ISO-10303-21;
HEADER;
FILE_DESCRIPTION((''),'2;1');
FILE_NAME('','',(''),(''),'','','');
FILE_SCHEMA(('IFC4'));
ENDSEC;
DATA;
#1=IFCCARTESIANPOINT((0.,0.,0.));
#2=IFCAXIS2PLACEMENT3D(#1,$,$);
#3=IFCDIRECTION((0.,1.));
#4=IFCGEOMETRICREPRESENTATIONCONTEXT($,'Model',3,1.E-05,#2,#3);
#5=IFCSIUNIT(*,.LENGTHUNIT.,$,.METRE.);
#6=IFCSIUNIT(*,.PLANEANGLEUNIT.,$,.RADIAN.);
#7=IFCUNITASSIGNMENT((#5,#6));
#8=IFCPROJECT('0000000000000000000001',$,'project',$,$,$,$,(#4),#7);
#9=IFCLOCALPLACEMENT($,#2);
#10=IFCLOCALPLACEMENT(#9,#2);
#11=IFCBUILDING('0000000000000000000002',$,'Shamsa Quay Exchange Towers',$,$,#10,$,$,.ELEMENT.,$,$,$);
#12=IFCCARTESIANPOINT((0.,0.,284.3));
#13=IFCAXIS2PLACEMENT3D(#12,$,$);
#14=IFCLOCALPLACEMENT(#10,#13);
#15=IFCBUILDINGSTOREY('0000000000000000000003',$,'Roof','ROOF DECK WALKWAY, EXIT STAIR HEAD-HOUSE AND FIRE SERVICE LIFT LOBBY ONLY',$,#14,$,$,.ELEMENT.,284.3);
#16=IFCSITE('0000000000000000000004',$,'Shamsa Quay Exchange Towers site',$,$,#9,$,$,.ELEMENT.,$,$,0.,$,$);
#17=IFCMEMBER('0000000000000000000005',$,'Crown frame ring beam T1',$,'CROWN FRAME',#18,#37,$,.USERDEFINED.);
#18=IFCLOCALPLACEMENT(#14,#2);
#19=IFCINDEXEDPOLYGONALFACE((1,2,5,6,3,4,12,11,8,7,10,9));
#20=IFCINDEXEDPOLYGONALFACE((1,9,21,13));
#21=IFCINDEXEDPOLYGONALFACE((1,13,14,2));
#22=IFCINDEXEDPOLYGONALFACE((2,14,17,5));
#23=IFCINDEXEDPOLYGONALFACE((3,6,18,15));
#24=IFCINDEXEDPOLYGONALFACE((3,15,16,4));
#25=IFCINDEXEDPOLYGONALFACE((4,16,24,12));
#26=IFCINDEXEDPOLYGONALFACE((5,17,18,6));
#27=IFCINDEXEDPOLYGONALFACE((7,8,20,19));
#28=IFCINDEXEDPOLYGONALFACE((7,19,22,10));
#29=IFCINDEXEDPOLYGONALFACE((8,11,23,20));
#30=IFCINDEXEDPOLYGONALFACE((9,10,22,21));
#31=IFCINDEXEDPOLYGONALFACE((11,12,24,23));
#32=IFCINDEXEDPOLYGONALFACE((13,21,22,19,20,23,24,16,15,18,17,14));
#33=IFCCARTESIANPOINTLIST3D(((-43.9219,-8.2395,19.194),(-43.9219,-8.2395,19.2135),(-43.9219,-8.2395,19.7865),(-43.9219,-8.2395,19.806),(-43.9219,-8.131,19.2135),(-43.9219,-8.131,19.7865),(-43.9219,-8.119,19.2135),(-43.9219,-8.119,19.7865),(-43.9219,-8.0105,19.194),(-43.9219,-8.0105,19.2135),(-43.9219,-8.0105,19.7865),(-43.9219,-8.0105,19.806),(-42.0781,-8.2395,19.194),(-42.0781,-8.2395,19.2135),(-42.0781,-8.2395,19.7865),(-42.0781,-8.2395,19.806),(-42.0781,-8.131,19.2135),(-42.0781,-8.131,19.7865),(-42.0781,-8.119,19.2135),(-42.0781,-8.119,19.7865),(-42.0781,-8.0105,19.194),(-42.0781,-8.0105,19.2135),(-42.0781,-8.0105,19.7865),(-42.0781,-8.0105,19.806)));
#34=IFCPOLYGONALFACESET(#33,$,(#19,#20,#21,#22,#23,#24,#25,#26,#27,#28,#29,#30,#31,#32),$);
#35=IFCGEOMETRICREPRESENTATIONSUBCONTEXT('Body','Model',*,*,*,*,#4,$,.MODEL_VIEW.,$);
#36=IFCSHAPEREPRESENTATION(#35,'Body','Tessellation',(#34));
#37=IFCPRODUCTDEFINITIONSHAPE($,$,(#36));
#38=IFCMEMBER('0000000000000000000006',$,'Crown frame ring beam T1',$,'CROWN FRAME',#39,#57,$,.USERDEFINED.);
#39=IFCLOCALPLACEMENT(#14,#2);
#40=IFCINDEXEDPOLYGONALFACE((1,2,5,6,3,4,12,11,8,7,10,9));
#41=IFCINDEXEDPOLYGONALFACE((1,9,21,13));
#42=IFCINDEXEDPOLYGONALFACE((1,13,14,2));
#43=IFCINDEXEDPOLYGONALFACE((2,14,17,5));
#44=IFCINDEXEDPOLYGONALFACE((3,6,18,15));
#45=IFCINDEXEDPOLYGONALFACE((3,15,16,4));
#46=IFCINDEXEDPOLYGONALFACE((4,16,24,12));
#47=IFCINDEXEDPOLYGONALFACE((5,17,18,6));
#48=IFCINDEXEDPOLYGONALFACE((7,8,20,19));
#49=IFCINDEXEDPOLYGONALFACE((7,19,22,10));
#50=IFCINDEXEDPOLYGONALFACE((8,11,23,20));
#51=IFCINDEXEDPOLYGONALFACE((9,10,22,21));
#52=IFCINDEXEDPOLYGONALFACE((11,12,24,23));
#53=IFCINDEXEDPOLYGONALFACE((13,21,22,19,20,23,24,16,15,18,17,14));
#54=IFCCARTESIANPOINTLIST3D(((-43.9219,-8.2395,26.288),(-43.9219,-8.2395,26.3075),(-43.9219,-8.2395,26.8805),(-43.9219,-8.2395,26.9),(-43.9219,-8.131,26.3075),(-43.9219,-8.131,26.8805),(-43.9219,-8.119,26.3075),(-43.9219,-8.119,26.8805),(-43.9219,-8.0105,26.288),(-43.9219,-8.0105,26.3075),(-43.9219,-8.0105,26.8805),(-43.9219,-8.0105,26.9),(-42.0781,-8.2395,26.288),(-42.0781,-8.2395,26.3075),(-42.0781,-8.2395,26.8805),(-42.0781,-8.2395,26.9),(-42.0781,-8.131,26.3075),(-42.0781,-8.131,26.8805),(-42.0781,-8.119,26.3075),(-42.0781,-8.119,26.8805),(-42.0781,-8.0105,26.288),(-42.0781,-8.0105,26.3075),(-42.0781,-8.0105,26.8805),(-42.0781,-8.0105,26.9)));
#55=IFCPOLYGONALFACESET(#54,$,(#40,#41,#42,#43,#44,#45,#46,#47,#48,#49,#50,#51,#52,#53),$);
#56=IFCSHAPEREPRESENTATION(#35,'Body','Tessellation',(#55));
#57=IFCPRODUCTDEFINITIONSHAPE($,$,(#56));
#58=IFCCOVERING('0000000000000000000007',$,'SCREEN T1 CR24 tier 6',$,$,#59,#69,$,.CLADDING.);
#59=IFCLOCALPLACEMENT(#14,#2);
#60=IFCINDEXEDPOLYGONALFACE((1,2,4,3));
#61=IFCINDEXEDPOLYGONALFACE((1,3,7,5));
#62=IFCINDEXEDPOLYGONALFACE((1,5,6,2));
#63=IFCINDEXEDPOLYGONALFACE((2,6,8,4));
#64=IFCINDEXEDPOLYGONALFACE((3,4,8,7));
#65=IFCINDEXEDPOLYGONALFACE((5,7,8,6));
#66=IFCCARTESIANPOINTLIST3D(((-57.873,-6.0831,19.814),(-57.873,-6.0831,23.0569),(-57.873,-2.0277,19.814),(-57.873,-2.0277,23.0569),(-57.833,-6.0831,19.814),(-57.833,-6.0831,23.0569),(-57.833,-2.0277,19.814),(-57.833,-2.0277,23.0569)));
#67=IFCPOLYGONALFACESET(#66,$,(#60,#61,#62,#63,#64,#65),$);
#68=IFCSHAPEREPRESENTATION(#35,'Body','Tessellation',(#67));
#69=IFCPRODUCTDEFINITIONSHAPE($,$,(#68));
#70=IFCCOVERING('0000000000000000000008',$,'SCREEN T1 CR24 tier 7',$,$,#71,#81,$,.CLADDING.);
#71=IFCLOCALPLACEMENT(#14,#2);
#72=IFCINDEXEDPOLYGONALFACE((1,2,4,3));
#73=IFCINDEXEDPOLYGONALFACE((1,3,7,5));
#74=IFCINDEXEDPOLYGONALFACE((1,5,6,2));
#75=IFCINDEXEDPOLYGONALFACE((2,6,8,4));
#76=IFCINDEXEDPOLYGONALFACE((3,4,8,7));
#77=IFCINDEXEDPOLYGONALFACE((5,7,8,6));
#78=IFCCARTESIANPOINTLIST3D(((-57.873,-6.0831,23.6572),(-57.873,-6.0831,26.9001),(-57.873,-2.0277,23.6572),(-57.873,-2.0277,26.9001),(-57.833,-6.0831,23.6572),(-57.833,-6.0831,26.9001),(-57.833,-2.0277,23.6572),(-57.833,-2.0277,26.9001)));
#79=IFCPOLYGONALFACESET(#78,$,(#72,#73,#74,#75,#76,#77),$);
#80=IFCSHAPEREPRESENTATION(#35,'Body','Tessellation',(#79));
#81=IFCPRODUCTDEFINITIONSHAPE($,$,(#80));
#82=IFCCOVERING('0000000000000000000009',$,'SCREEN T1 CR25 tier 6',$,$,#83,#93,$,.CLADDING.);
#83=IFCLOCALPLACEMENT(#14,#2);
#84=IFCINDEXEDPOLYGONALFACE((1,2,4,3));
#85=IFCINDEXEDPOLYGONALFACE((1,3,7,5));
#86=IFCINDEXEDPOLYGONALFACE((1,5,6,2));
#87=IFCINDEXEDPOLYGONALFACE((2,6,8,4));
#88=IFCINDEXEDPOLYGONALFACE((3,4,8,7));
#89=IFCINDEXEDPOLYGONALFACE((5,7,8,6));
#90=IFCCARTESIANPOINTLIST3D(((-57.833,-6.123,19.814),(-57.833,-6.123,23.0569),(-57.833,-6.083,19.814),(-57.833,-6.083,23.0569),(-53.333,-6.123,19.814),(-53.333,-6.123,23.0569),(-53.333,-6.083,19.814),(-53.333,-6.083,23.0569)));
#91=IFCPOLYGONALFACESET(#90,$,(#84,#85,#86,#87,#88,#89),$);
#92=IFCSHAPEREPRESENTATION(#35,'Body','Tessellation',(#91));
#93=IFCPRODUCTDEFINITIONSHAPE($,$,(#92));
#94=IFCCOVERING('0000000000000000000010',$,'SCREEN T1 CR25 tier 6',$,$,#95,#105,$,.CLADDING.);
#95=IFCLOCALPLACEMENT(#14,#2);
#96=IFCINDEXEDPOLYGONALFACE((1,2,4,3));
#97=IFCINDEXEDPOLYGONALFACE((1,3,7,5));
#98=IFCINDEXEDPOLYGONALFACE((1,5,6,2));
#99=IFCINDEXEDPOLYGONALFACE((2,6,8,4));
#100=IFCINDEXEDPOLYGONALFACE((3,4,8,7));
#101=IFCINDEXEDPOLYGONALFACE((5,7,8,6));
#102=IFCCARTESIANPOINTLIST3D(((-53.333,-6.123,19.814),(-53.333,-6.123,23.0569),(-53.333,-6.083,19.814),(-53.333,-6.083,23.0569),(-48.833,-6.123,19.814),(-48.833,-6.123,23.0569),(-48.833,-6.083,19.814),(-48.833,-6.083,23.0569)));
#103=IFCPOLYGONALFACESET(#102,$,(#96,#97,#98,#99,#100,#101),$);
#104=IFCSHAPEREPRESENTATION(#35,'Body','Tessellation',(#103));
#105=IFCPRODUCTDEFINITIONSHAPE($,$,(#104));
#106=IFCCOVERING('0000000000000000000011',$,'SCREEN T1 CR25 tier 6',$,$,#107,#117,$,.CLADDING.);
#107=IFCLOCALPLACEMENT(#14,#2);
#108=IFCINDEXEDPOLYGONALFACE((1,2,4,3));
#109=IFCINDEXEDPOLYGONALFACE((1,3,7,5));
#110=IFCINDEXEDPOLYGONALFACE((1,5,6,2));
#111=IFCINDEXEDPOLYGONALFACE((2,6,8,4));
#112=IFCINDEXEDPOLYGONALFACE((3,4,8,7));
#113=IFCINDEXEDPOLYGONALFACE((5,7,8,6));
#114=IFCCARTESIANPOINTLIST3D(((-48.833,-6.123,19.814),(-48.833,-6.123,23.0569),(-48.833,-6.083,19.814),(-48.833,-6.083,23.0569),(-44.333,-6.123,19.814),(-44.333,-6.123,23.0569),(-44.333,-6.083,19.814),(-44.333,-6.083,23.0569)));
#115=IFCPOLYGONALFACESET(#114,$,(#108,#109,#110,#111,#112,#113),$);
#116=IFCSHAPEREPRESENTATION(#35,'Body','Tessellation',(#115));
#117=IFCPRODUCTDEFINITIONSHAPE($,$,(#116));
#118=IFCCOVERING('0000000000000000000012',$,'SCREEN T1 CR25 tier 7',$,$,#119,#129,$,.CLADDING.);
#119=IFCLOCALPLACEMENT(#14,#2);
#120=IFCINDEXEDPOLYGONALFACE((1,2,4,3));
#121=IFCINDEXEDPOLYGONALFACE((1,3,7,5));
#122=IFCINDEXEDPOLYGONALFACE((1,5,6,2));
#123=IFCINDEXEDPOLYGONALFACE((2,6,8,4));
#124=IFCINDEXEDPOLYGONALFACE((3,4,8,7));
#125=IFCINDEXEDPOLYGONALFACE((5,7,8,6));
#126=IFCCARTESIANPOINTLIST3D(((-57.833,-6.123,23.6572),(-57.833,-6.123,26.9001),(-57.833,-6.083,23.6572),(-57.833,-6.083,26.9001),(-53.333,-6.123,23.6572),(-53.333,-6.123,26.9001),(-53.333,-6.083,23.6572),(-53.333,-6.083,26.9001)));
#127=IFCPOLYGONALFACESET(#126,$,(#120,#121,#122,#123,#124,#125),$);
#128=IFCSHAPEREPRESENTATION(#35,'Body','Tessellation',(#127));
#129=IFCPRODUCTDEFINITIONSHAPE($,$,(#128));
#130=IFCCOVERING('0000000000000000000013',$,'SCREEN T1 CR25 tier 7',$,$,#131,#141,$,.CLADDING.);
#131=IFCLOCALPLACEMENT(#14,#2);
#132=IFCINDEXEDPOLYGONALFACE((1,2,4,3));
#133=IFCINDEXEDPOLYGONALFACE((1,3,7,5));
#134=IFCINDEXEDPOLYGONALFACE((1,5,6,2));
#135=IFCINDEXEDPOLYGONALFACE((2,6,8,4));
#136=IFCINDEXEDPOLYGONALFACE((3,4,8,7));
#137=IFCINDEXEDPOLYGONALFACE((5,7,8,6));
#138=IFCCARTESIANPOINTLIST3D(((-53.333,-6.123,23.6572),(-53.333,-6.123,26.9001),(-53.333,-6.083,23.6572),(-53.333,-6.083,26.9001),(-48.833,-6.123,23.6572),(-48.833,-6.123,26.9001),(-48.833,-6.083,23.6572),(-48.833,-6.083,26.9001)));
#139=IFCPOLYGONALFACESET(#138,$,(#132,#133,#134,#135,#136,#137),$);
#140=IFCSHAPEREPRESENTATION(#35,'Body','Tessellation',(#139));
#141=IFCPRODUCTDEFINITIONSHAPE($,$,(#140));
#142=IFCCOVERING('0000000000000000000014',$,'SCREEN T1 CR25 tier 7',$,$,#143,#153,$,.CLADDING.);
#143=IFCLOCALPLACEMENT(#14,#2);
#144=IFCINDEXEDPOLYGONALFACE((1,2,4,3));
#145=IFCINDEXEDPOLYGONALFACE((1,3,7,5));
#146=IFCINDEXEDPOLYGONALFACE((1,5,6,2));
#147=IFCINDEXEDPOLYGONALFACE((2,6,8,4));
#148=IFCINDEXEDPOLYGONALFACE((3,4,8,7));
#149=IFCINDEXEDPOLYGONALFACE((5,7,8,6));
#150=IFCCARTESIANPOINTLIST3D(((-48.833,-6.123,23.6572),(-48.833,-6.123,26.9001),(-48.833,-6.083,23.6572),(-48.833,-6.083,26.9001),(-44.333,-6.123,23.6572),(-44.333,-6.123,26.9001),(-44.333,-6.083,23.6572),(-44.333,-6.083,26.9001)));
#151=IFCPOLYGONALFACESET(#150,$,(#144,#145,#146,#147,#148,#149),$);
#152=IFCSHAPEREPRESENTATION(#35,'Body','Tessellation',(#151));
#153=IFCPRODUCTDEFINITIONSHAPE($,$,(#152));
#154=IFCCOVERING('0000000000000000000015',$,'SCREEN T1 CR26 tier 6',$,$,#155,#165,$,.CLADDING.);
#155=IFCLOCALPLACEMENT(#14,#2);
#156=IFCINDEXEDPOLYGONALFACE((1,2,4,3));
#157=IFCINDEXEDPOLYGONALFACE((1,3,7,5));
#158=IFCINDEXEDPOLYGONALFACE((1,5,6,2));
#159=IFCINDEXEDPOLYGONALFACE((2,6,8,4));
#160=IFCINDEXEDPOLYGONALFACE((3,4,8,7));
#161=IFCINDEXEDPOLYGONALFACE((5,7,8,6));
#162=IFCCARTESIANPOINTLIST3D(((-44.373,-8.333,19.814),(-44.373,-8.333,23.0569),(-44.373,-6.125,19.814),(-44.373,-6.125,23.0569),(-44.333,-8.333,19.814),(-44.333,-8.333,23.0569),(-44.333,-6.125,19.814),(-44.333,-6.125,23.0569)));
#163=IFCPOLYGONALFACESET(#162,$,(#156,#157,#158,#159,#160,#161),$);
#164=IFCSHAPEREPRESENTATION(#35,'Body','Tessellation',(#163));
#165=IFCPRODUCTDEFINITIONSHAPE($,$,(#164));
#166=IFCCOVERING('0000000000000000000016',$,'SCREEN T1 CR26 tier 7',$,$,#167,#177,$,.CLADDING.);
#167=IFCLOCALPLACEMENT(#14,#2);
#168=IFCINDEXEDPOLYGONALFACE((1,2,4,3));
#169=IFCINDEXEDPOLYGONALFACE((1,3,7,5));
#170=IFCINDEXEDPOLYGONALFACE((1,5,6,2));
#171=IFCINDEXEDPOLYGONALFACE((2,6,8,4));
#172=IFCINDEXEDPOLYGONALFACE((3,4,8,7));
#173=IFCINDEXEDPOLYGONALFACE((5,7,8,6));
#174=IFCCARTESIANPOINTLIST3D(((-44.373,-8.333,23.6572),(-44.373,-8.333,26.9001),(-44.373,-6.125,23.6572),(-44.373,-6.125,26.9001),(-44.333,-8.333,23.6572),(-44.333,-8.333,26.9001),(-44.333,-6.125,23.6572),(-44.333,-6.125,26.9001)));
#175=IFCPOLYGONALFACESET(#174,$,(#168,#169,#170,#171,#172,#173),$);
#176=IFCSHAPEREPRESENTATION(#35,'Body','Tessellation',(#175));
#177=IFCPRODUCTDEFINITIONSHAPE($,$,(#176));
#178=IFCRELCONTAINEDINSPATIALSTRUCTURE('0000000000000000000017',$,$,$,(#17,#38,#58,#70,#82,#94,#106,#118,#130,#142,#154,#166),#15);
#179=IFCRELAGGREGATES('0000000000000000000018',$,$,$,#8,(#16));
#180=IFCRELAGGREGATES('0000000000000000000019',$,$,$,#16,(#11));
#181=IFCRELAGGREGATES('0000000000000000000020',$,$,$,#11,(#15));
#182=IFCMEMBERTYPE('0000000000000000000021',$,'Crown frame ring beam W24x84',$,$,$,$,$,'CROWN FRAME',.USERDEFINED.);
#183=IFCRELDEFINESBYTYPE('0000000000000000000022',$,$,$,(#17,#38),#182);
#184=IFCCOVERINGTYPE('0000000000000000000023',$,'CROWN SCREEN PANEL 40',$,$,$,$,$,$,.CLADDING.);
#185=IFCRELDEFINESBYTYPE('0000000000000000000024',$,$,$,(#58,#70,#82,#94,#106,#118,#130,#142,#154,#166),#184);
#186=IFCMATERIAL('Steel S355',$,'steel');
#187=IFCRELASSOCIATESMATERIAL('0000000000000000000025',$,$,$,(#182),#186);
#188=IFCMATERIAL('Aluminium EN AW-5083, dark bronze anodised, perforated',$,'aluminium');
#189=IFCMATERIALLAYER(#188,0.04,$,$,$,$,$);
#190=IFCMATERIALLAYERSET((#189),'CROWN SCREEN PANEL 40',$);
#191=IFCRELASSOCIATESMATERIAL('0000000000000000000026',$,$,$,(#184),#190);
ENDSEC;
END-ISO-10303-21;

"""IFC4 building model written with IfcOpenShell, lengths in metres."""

from ifc_helpers import new_model, si_unit, direction, frame, origin, origin_2d, place, context, subcontext, project, spatial, rectangle, i_section, extrude, material, layer, layer_set, material_profile, profile_set, type_object, element, save


model = new_model("IFC4")

# Units and contexts
model_context = context("Model", 3, precision=1e-05, world=origin(), true_north=direction((0.0, 1.0)))
body_context = subcontext(model_context, "Body", "Model", "MODEL_VIEW")
ifc_project = project(units=[si_unit("LENGTHUNIT", "METRE"), si_unit("PLANEANGLEUNIT", "RADIAN")], contexts=[model_context])

# Site, building, storey
site_placement = place(None, origin())
site = spatial("IfcSite", under=ifc_project, at=site_placement, Name="Shamsa Quay Exchange Towers site", CompositionType="ELEMENT", RefElevation=0.0)
building_placement = place(site_placement, origin())
building = spatial("IfcBuilding", under=site, at=building_placement, Name="Shamsa Quay Exchange Towers", CompositionType="ELEMENT")
storey_placement = place(building_placement, frame((0.0, 0.0, 284.3)))
storey = spatial("IfcBuildingStorey", under=building, at=storey_placement, Name="Roof", Description="ROOF DECK WALKWAY, EXIT STAIR HEAD-HOUSE AND FIRE SERVICE LIFT LOBBY ONLY", CompositionType="ELEMENT", Elevation=284.3)

# Members
ifc_material_1 = material(Name="Steel S355", Category="steel")
ifc_material_profile_1 = material_profile(ifc_material_1, i_section(OverallWidth=0.229, OverallDepth=0.6121, WebThickness=0.012, FlangeThickness=0.0195, at=origin_2d()), Name="W24x84")
ifc_profile_set_1 = profile_set([ifc_material_profile_1], Name="Steel S355")
member_type_1 = type_object("IfcMemberType", Name="Crown frame ring beam W24x84", ElementType="CROWN FRAME", PredefinedType="USERDEFINED", material=ifc_profile_set_1)
for number, where, z_axis, x_axis, name in (
    (1, (-43.9219, -8.125, 19.5), (1.0, 0.0, 0.0), (0.0, 1.0, 0.0), "Crown frame ring beam T1"),
    (2, (-43.9219, -8.125, 26.594), (1.0, 0.0, 0.0), (0.0, 1.0, 0.0), "Crown frame ring beam T1"),
):
    element("IfcMember", number, at=place(storey_placement, frame(where, z_axis=z_axis, x_axis=x_axis)), inside=storey, type_object=member_type_1, Name=name, ObjectType="CROWN FRAME", PredefinedType="USERDEFINED", context=body_context, shape_type="SweptSolid", body=[
        extrude(i_section(OverallWidth=0.229, OverallDepth=0.6121, WebThickness=0.012, FlangeThickness=0.0195, at=origin_2d()), origin(), (0.0, 0.0, 1.0), 1.8438),
    ])

# Coverings
ifc_material_2 = material(Name="Aluminium EN AW-5083, dark bronze anodised, perforated", Category="aluminium")
ifc_layer = layer(ifc_material_2, 0.04)
ifc_layer_set = layer_set([ifc_layer], Name="CROWN SCREEN PANEL 40")
covering_type = type_object("IfcCoveringType", Name="CROWN SCREEN PANEL 40", PredefinedType="CLADDING", material=ifc_layer_set)
for number, where, z_axis, x_axis, name in (
    (3, (-57.853, -4.0554, 19.814), (0.0, 0.0, 1.0), (0.0, -1.0, 0.0), "SCREEN T1 CR24 tier 6"),
    (4, (-57.853, -4.0554, 23.6572), (0.0, 0.0, 1.0), (0.0, -1.0, 0.0), "SCREEN T1 CR24 tier 7"),
):
    element("IfcCovering", number, at=place(storey_placement, frame(where, z_axis=z_axis, x_axis=x_axis)), inside=storey, type_object=covering_type, Name=name, PredefinedType="CLADDING", context=body_context, shape_type="SweptSolid", body=[
        extrude(rectangle(XDim=4.0554, YDim=0.04, at=origin_2d()), origin(), (0.0, 0.0, 1.0), 3.2429),
    ])
for number, where, name in (
    (5, (-55.583, -6.103, 19.814), "SCREEN T1 CR25 tier 6"),
    (6, (-51.083, -6.103, 19.814), "SCREEN T1 CR25 tier 6"),
    (7, (-46.583, -6.103, 19.814), "SCREEN T1 CR25 tier 6"),
    (8, (-55.583, -6.103, 23.6572), "SCREEN T1 CR25 tier 7"),
    (9, (-51.083, -6.103, 23.6572), "SCREEN T1 CR25 tier 7"),
    (10, (-46.583, -6.103, 23.6572), "SCREEN T1 CR25 tier 7"),
):
    element("IfcCovering", number, at=place(storey_placement, frame(where)), inside=storey, type_object=covering_type, Name=name, PredefinedType="CLADDING", context=body_context, shape_type="SweptSolid", body=[
        extrude(rectangle(XDim=4.5, YDim=0.04, at=origin_2d()), origin(), (0.0, 0.0, 1.0), 3.2429),
    ])
for number, where, z_axis, x_axis, name in (
    (11, (-44.353, -7.229, 19.814), (0.0, 0.0, 1.0), (0.0, -1.0, 0.0), "SCREEN T1 CR26 tier 6"),
    (12, (-44.353, -7.229, 23.6572), (0.0, 0.0, 1.0), (0.0, -1.0, 0.0), "SCREEN T1 CR26 tier 7"),
):
    element("IfcCovering", number, at=place(storey_placement, frame(where, z_axis=z_axis, x_axis=x_axis)), inside=storey, type_object=covering_type, Name=name, PredefinedType="CLADDING", context=body_context, shape_type="SweptSolid", body=[
        extrude(rectangle(XDim=2.208, YDim=0.04, at=origin_2d()), origin(), (0.0, 0.0, 1.0), 3.2429),
    ])

save(model, "model.ifc")
